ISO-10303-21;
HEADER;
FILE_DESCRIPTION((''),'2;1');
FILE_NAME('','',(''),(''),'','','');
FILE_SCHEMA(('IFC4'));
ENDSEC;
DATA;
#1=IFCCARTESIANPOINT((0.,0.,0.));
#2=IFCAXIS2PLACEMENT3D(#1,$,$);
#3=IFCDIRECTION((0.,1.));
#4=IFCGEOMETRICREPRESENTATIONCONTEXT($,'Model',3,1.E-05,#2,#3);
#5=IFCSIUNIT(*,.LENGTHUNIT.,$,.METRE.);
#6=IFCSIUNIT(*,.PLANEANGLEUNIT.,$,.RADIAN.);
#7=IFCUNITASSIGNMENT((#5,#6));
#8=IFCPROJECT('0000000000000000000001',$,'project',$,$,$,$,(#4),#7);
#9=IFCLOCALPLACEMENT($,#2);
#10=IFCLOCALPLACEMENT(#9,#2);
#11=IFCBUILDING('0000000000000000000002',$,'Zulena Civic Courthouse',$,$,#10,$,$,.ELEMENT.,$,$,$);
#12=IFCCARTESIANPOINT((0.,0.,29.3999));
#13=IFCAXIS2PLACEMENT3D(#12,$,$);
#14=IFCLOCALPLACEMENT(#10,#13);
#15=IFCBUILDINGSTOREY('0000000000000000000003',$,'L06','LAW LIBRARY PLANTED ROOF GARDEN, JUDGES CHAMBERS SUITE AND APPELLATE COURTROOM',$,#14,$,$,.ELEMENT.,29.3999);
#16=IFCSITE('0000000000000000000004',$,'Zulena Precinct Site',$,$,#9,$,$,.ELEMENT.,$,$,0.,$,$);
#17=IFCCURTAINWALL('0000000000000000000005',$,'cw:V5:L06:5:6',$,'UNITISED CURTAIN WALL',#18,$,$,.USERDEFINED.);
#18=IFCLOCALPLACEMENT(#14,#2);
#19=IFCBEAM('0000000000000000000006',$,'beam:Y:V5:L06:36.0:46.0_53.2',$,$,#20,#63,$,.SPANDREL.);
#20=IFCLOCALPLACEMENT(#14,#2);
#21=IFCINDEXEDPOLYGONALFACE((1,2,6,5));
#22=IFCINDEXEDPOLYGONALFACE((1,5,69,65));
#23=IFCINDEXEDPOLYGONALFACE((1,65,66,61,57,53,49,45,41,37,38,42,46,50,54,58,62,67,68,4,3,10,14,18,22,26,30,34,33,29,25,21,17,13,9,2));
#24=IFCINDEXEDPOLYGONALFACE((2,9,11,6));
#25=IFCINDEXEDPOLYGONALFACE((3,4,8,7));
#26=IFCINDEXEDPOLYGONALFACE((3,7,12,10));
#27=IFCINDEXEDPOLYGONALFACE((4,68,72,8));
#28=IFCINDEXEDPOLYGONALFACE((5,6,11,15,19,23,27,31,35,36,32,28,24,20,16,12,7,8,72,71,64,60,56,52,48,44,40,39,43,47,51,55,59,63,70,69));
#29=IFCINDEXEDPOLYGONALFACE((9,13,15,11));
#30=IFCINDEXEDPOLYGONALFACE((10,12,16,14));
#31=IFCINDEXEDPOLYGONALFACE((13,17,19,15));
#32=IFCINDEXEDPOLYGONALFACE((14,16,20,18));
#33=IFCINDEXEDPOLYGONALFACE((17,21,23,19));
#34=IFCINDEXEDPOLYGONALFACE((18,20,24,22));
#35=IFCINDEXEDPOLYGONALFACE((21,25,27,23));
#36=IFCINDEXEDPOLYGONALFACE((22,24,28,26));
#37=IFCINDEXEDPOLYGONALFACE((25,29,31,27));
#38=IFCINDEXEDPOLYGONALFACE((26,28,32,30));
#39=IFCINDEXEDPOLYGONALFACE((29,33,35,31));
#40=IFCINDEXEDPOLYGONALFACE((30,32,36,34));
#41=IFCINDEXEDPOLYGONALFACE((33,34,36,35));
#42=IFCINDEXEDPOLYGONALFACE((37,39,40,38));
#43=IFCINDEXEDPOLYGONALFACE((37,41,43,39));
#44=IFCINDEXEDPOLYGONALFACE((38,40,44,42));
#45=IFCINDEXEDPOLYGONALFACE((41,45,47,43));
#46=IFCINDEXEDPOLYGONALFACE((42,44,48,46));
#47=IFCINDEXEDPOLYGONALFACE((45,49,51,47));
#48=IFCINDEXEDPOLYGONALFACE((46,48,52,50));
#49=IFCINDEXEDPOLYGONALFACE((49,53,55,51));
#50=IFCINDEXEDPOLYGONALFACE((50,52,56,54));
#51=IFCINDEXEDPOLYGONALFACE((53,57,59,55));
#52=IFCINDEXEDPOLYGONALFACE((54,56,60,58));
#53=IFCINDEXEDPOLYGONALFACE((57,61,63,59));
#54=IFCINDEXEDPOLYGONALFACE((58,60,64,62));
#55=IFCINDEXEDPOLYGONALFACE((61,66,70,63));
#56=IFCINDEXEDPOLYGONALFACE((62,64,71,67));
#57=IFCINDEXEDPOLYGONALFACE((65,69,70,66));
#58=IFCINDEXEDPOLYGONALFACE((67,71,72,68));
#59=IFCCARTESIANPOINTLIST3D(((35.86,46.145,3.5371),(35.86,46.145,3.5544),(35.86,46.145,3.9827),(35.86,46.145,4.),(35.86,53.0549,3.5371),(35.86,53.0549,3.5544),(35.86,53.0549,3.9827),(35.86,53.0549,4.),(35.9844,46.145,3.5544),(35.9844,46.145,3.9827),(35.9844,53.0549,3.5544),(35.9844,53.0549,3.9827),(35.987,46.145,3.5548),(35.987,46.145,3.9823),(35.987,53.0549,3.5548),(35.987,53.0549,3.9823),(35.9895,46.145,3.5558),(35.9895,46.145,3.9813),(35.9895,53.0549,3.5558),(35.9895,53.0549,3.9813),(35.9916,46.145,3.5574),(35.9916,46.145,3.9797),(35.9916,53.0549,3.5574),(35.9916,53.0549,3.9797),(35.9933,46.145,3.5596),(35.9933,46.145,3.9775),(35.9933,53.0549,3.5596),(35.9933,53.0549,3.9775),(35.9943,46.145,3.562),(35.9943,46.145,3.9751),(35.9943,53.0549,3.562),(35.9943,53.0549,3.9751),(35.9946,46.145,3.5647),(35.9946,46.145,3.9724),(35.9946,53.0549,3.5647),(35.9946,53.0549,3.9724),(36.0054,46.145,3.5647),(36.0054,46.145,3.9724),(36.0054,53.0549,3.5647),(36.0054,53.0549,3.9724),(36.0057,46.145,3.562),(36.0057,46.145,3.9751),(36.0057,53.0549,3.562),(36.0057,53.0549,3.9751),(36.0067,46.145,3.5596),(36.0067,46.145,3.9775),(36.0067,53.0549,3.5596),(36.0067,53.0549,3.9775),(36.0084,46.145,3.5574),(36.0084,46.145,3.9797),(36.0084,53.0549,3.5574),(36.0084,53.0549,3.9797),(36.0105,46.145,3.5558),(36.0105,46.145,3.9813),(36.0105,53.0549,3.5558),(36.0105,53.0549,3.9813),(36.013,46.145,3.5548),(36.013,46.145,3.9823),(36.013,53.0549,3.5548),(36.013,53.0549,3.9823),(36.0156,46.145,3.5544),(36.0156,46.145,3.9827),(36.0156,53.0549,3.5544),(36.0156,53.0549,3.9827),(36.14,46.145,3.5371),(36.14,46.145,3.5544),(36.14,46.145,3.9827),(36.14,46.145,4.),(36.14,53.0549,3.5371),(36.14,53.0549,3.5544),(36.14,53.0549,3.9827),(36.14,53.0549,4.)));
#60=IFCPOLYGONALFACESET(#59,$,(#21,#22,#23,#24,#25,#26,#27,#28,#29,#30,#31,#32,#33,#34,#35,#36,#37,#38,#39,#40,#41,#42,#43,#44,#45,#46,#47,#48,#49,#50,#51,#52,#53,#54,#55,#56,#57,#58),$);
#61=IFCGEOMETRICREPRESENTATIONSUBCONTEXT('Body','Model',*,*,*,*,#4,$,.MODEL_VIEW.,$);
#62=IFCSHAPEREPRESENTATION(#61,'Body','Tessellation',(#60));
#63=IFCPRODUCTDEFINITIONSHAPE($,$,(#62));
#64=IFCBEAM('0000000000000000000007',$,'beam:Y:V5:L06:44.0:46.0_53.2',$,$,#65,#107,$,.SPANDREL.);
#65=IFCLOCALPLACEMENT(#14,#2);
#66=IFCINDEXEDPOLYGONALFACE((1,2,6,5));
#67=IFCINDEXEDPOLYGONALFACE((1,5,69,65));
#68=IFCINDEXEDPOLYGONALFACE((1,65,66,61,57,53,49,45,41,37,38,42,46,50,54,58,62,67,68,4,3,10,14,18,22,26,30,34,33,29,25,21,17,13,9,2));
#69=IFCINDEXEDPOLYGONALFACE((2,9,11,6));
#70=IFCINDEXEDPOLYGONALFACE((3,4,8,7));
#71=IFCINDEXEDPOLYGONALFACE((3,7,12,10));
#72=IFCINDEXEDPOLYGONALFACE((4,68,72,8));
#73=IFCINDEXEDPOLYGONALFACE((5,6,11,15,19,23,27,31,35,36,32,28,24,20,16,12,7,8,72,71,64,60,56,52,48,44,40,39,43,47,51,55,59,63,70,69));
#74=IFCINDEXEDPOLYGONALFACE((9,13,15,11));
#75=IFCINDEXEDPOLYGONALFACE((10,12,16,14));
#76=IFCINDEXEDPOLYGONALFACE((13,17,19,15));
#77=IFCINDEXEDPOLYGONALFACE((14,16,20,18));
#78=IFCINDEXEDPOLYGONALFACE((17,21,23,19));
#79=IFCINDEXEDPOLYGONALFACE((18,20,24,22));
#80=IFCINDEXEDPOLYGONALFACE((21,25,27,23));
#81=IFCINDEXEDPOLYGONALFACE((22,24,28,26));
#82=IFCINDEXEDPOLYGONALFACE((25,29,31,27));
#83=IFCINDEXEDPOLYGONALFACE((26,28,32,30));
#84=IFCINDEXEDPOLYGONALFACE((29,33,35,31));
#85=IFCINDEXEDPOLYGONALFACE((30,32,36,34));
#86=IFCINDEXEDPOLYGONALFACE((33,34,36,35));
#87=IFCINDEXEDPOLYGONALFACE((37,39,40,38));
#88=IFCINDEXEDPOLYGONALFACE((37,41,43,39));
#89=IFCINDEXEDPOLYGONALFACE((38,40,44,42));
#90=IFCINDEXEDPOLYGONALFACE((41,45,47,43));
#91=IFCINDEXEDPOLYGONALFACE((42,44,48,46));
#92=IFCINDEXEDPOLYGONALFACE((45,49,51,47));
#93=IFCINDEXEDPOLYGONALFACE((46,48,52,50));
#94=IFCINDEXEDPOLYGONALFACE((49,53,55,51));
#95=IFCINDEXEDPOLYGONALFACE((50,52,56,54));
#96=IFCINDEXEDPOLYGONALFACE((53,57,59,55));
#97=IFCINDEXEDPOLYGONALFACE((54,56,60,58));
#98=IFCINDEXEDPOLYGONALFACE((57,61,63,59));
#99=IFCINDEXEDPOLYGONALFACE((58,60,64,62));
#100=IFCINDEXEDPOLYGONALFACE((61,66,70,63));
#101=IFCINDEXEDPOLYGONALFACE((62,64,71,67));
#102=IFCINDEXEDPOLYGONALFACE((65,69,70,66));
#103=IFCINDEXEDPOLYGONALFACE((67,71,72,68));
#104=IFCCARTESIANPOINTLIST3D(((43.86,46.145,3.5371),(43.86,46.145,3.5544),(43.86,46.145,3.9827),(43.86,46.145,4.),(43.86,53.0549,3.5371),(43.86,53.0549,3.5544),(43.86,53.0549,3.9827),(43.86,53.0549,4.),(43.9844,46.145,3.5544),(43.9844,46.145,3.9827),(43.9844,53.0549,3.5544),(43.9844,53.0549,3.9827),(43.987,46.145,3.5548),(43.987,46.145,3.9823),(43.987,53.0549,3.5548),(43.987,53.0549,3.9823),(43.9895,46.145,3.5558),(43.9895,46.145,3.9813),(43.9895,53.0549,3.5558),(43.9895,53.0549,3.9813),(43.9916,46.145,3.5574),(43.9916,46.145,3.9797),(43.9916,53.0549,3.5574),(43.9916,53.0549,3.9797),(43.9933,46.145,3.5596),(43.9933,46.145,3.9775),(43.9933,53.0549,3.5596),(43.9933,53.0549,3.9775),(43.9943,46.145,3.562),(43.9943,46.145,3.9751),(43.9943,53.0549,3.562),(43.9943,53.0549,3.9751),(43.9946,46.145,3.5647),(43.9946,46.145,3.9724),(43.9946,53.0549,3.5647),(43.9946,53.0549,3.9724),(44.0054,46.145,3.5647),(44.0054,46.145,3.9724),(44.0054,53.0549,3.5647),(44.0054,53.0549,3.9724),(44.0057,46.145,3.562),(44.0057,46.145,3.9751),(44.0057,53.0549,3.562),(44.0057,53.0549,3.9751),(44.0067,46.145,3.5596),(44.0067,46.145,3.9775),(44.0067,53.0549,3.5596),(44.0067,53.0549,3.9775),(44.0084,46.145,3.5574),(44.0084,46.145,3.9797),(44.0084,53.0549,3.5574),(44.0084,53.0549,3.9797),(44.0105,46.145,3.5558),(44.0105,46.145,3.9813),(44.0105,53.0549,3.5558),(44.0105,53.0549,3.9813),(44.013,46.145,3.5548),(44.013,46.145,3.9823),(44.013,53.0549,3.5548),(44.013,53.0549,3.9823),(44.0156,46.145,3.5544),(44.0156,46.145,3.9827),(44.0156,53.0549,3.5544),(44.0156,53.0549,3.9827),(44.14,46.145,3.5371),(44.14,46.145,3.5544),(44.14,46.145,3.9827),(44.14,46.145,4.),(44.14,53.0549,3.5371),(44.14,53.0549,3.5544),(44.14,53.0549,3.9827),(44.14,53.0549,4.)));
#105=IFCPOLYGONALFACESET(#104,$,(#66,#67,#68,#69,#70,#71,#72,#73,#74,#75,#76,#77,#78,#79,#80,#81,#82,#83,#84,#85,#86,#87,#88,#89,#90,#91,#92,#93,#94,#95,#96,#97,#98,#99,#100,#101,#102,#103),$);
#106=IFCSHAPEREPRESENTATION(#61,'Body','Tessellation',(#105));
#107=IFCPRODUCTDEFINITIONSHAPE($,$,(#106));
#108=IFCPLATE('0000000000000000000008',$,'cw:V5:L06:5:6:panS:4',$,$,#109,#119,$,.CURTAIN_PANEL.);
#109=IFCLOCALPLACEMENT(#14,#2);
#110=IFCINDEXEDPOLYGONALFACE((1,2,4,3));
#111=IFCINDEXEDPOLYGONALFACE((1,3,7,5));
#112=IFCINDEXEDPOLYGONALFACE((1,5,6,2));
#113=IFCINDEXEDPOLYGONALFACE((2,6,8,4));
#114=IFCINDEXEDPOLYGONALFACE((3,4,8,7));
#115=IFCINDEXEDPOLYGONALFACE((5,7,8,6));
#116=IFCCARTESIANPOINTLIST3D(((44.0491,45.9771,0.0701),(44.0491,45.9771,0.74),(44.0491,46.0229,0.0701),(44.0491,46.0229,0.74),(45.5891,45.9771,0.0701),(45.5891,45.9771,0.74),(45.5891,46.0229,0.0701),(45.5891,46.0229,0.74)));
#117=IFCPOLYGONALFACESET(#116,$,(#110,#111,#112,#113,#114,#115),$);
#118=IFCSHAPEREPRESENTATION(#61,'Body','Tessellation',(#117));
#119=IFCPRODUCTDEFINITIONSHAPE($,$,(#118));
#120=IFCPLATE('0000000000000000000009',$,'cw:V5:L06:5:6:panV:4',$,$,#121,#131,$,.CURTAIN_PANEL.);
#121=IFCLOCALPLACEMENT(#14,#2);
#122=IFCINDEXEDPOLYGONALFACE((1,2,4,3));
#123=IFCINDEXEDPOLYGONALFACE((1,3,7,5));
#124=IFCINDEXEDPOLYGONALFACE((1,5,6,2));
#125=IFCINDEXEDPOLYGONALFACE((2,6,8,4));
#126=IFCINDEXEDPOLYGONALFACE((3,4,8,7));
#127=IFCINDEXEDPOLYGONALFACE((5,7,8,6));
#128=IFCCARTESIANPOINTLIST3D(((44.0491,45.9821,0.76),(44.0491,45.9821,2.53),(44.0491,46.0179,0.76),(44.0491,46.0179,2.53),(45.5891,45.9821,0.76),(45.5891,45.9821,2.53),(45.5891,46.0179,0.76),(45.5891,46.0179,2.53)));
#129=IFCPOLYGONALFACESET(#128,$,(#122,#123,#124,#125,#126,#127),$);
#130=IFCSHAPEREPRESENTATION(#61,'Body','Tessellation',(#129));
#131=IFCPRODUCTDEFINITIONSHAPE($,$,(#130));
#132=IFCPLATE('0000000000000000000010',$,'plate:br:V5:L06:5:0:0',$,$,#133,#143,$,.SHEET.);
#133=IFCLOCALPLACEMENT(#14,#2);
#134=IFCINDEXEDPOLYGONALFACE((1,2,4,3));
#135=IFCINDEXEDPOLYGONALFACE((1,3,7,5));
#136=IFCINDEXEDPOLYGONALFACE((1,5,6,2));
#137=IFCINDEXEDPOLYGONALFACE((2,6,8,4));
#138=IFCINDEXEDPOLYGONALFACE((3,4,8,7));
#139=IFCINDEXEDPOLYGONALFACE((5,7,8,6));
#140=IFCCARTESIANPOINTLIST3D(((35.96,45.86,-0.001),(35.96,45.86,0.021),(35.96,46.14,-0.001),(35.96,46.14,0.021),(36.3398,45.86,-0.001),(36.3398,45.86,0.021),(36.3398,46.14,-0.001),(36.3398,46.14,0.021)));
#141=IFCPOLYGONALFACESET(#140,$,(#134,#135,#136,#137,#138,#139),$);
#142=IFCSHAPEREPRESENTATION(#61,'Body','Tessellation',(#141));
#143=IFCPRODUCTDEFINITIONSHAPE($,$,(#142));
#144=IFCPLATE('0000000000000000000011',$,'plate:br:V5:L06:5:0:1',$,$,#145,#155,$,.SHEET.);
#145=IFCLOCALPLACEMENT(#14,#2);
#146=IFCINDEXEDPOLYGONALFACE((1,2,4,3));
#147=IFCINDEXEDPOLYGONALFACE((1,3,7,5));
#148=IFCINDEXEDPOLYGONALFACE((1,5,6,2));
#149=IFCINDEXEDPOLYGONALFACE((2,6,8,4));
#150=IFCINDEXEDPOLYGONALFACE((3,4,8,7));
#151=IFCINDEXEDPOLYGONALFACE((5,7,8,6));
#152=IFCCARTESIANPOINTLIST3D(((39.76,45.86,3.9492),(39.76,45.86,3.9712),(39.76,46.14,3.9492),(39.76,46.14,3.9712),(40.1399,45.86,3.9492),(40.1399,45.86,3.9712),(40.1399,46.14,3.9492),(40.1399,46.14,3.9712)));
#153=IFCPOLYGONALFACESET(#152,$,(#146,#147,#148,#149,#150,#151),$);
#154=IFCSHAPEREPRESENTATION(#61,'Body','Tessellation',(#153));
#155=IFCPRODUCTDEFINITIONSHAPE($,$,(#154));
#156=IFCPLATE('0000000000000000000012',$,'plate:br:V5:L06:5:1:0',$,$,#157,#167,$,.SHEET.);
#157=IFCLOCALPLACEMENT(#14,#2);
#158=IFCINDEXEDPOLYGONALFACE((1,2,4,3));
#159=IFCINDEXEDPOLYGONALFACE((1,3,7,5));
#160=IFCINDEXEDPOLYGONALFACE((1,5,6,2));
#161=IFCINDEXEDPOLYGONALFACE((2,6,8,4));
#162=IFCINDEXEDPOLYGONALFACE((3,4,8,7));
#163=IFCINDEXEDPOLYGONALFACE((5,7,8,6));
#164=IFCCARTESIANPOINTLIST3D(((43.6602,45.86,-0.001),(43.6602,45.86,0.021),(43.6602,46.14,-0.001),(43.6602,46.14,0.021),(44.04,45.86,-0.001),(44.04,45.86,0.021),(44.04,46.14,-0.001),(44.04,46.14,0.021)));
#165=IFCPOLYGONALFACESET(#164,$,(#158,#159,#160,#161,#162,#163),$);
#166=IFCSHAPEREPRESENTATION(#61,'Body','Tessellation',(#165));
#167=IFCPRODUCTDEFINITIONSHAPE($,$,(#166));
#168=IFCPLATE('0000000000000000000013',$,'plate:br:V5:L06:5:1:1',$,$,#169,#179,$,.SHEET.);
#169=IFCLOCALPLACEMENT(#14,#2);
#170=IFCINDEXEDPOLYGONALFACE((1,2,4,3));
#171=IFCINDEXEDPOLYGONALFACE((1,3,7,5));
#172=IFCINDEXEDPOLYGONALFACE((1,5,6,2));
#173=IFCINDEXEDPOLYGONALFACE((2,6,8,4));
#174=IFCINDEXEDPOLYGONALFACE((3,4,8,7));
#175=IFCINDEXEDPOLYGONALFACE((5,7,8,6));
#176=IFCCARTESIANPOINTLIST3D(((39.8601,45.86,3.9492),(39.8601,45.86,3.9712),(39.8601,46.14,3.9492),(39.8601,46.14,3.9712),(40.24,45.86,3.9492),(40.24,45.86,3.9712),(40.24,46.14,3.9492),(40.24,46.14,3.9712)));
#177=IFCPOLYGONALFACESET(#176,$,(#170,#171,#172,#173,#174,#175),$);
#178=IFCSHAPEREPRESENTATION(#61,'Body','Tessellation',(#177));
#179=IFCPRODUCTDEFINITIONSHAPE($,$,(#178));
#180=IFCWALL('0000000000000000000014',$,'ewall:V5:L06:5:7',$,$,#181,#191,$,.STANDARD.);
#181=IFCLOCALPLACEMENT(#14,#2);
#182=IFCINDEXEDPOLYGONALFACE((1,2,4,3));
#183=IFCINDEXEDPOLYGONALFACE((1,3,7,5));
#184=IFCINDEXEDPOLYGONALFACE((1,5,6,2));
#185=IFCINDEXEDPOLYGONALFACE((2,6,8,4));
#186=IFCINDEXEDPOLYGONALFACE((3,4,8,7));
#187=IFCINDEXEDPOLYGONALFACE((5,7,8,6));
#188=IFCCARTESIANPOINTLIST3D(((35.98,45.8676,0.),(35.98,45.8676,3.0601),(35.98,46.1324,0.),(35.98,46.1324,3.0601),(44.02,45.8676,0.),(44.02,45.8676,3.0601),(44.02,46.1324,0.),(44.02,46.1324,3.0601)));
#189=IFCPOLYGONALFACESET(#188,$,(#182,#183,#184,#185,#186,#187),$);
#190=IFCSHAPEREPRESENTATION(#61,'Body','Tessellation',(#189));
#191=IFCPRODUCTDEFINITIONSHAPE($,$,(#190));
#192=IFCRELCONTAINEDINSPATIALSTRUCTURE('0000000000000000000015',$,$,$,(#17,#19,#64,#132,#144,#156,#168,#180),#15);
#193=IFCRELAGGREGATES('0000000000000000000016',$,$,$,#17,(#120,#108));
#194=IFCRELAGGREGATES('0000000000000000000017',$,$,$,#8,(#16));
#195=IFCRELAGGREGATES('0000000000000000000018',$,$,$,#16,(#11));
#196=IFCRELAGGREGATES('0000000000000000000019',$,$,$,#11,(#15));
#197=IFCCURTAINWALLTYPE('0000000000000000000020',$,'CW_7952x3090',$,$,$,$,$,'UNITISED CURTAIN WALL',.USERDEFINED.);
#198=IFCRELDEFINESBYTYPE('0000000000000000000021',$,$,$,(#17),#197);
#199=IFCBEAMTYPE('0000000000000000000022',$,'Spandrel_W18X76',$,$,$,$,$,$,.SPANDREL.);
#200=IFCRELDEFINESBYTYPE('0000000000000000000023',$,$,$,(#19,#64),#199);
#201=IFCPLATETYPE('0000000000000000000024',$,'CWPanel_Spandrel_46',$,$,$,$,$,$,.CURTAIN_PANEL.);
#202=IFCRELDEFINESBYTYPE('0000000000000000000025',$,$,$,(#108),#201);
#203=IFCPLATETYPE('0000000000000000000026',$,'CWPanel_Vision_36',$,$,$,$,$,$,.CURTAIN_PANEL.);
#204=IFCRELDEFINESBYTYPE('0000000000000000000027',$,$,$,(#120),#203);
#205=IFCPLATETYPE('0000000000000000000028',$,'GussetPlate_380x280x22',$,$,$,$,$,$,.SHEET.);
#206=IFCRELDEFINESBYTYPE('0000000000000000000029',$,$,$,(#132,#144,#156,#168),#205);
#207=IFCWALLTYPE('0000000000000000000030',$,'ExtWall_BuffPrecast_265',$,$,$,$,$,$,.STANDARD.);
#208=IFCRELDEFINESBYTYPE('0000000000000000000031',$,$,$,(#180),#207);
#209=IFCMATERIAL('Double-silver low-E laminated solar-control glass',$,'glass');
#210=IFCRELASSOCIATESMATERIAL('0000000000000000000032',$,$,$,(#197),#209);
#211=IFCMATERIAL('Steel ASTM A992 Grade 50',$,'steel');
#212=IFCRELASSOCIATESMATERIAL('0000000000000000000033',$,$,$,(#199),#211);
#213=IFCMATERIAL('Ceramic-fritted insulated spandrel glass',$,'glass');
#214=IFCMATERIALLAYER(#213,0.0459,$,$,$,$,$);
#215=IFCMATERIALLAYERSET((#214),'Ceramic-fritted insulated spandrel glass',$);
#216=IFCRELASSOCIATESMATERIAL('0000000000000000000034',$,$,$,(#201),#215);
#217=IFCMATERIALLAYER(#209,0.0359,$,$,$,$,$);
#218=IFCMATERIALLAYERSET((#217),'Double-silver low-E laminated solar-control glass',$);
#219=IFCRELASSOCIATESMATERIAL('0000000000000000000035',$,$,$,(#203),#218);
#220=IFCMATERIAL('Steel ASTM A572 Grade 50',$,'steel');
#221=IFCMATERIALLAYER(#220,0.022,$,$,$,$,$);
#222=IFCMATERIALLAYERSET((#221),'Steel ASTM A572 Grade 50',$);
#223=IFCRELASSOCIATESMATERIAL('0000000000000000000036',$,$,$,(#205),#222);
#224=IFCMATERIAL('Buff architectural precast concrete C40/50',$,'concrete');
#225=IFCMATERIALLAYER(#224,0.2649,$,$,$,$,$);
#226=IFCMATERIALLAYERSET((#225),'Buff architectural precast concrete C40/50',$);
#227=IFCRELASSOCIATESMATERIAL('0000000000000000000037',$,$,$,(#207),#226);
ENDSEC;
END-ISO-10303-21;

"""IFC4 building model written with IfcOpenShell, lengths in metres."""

from ifc_helpers import new_model, si_unit, direction, frame, frame_2d, origin, origin_2d, place, context, subcontext, project, spatial, rectangle, i_section, extrude, material, layer, layer_set, material_profile, profile_set, type_object, element, aggregate, save


model = new_model("IFC4")

# Units and contexts
model_context = context("Model", 3, precision=1e-05, world=origin(), true_north=direction((0.0, 1.0)))
body_context = subcontext(model_context, "Body", "Model", "MODEL_VIEW")
ifc_project = project(units=[si_unit("LENGTHUNIT", "METRE"), si_unit("PLANEANGLEUNIT", "RADIAN")], contexts=[model_context])

# Site, building, storey
site_placement = place(None, origin())
site = spatial("IfcSite", under=ifc_project, at=site_placement, Name="Zulena Precinct Site", CompositionType="ELEMENT", RefElevation=0.0)
building_placement = place(site_placement, origin())
building = spatial("IfcBuilding", under=site, at=building_placement, Name="Zulena Civic Courthouse", CompositionType="ELEMENT")
storey_placement = place(building_placement, frame((0.0, 0.0, 29.3999)))
storey = spatial("IfcBuildingStorey", under=building, at=storey_placement, Name="L06", Description="LAW LIBRARY PLANTED ROOF GARDEN, JUDGES CHAMBERS SUITE AND APPELLATE COURTROOM", CompositionType="ELEMENT", Elevation=29.3999)

# Shared definitions
ifc_material_1 = material(Name="Steel ASTM A992 Grade 50", Category="steel")

# Curtain wall
ifc_material_2 = material(Name="Double-silver low-E laminated solar-control glass", Category="glass")
curtain_wall_type = type_object("IfcCurtainWallType", Name="CW_7952x3090", ElementType="UNITISED CURTAIN WALL", PredefinedType="USERDEFINED", material=ifc_material_2)
curtain_wall_placement = place(storey_placement, origin())
curtain_wall = element("IfcCurtainWall", 1, at=curtain_wall_placement, inside=storey, type_object=curtain_wall_type, Name="cw:V5:L06:5:6", ObjectType="UNITISED CURTAIN WALL", PredefinedType="USERDEFINED")

# Beams
ifc_material_profile_1 = material_profile(ifc_material_1, i_section(OverallWidth=0.28, OverallDepth=0.4629, WebThickness=0.0107, FlangeThickness=0.0173, FilletRadius=0.0103, at=origin_2d()), Name="W18X76")
ifc_profile_set_1 = profile_set([ifc_material_profile_1], Name="Steel ASTM A992 Grade 50")
beam_type_1 = type_object("IfcBeamType", Name="Spandrel_W18X76", PredefinedType="SPANDREL", material=ifc_profile_set_1)
for number, where, z_axis, x_axis, name in (
    (2, (36.0, 46.145, 3.7686), (0.0, 1.0, 0.0), (-1.0, 0.0, 0.0), "beam:Y:V5:L06:36.0:46.0_53.2"),
    (3, (44.0, 46.145, 3.7686), (0.0, 1.0, 0.0), (-1.0, 0.0, 0.0), "beam:Y:V5:L06:44.0:46.0_53.2"),
):
    element("IfcBeam", number, at=place(storey_placement, frame(where, z_axis=z_axis, x_axis=x_axis)), inside=storey, type_object=beam_type_1, Name=name, PredefinedType="SPANDREL", context=body_context, shape_type="SweptSolid", body=[
        extrude(i_section(OverallWidth=0.28, OverallDepth=0.4629, WebThickness=0.0107, FlangeThickness=0.0173, FilletRadius=0.0103, at=origin_2d()), origin(), (0.0, 0.0, 1.0), 6.9099),
    ])

# Plates
ifc_material_3 = material(Name="Ceramic-fritted insulated spandrel glass", Category="glass")
ifc_layer_1 = layer(ifc_material_3, 0.0459)
ifc_layer_set_1 = layer_set([ifc_layer_1], Name="Ceramic-fritted insulated spandrel glass")
plate_type_1 = type_object("IfcPlateType", Name="CWPanel_Spandrel_46", PredefinedType="CURTAIN_PANEL", material=ifc_layer_set_1)
plate_1_placement = place(storey_placement, frame((44.8191, 46.0, 0.0701), z_axis=(0.0, 0.0, 1.0), x_axis=(-1.0, 0.0, 0.0)))
plate_1 = element("IfcPlate", 4, at=plate_1_placement, type_object=plate_type_1, Name="cw:V5:L06:5:6:panS:4", PredefinedType="CURTAIN_PANEL", context=body_context, shape_type="SweptSolid", body=[
    extrude(rectangle(XDim=1.54, YDim=0.0459, at=origin_2d()), origin(), (0.0, 0.0, 1.0), 0.6699),
])
ifc_layer_2 = layer(ifc_material_2, 0.0359)
ifc_layer_set_2 = layer_set([ifc_layer_2], Name="Double-silver low-E laminated solar-control glass")
plate_type_2 = type_object("IfcPlateType", Name="CWPanel_Vision_36", PredefinedType="CURTAIN_PANEL", material=ifc_layer_set_2)
plate_2_placement = place(storey_placement, frame((44.8191, 46.0, 0.76), z_axis=(0.0, 0.0, 1.0), x_axis=(-1.0, 0.0, 0.0)))
plate_2 = element("IfcPlate", 5, at=plate_2_placement, type_object=plate_type_2, Name="cw:V5:L06:5:6:panV:4", PredefinedType="CURTAIN_PANEL", context=body_context, shape_type="SweptSolid", body=[
    extrude(rectangle(XDim=1.54, YDim=0.0359, at=origin_2d()), origin(), (0.0, 0.0, 1.0), 1.77),
])
aggregate(curtain_wall, [plate_2, plate_1])

# Plates
ifc_material_4 = material(Name="Steel ASTM A572 Grade 50", Category="steel")
ifc_layer_3 = layer(ifc_material_4, 0.022)
ifc_layer_set_3 = layer_set([ifc_layer_3], Name="Steel ASTM A572 Grade 50")
plate_type_3 = type_object("IfcPlateType", Name="GussetPlate_380x280x22", PredefinedType="SHEET", material=ifc_layer_set_3)
for number, where, z_axis, x_axis, name in (
    (6, (36.1499, 46.0, -0.001), (0.0, 0.0, 1.0), (1.0, 0.0, 0.0), "plate:br:V5:L06:5:0:0"),
    (7, (39.95, 46.0, 3.9492), (0.0, 0.0, 1.0), (1.0, 0.0, 0.0), "plate:br:V5:L06:5:0:1"),
    (8, (43.8501, 46.0, -0.001), (0.0, 0.0, 1.0), (1.0, 0.0, 0.0), "plate:br:V5:L06:5:1:0"),
    (9, (40.05, 46.0, 3.9492), (0.0, 0.0, 1.0), (1.0, 0.0, 0.0), "plate:br:V5:L06:5:1:1"),
):
    element("IfcPlate", number, at=place(storey_placement, frame(where, z_axis=z_axis, x_axis=x_axis)), inside=storey, type_object=plate_type_3, Name=name, PredefinedType="SHEET", context=body_context, shape_type="SweptSolid", body=[
        extrude(rectangle(XDim=0.3799, YDim=0.28, at=origin_2d()), origin(), (0.0, 0.0, 1.0), 0.022),
    ])

# Wall
ifc_material_5 = material(Name="Buff architectural precast concrete C40/50", Category="concrete")
ifc_layer_4 = layer(ifc_material_5, 0.2649)
ifc_layer_set_4 = layer_set([ifc_layer_4], Name="Buff architectural precast concrete C40/50")
wall_type_1 = type_object("IfcWallType", Name="ExtWall_BuffPrecast_265", PredefinedType="STANDARD", material=ifc_layer_set_4)
wall_1_placement = place(storey_placement, frame((44.02, 46.0, 0.0), z_axis=(0.0, 0.0, 1.0), x_axis=(-1.0, 0.0, 0.0)))
element("IfcWall", 10, at=wall_1_placement, inside=storey, type_object=wall_type_1, Name="ewall:V5:L06:5:7", PredefinedType="STANDARD", context=body_context, shape_type="SweptSolid", body=[
    extrude(rectangle(XDim=8.04, YDim=0.2649, at=frame_2d((4.02, 0.0))), origin(), (0.0, 0.0, 1.0), 3.0601),
])

save(model, "model.ifc")
